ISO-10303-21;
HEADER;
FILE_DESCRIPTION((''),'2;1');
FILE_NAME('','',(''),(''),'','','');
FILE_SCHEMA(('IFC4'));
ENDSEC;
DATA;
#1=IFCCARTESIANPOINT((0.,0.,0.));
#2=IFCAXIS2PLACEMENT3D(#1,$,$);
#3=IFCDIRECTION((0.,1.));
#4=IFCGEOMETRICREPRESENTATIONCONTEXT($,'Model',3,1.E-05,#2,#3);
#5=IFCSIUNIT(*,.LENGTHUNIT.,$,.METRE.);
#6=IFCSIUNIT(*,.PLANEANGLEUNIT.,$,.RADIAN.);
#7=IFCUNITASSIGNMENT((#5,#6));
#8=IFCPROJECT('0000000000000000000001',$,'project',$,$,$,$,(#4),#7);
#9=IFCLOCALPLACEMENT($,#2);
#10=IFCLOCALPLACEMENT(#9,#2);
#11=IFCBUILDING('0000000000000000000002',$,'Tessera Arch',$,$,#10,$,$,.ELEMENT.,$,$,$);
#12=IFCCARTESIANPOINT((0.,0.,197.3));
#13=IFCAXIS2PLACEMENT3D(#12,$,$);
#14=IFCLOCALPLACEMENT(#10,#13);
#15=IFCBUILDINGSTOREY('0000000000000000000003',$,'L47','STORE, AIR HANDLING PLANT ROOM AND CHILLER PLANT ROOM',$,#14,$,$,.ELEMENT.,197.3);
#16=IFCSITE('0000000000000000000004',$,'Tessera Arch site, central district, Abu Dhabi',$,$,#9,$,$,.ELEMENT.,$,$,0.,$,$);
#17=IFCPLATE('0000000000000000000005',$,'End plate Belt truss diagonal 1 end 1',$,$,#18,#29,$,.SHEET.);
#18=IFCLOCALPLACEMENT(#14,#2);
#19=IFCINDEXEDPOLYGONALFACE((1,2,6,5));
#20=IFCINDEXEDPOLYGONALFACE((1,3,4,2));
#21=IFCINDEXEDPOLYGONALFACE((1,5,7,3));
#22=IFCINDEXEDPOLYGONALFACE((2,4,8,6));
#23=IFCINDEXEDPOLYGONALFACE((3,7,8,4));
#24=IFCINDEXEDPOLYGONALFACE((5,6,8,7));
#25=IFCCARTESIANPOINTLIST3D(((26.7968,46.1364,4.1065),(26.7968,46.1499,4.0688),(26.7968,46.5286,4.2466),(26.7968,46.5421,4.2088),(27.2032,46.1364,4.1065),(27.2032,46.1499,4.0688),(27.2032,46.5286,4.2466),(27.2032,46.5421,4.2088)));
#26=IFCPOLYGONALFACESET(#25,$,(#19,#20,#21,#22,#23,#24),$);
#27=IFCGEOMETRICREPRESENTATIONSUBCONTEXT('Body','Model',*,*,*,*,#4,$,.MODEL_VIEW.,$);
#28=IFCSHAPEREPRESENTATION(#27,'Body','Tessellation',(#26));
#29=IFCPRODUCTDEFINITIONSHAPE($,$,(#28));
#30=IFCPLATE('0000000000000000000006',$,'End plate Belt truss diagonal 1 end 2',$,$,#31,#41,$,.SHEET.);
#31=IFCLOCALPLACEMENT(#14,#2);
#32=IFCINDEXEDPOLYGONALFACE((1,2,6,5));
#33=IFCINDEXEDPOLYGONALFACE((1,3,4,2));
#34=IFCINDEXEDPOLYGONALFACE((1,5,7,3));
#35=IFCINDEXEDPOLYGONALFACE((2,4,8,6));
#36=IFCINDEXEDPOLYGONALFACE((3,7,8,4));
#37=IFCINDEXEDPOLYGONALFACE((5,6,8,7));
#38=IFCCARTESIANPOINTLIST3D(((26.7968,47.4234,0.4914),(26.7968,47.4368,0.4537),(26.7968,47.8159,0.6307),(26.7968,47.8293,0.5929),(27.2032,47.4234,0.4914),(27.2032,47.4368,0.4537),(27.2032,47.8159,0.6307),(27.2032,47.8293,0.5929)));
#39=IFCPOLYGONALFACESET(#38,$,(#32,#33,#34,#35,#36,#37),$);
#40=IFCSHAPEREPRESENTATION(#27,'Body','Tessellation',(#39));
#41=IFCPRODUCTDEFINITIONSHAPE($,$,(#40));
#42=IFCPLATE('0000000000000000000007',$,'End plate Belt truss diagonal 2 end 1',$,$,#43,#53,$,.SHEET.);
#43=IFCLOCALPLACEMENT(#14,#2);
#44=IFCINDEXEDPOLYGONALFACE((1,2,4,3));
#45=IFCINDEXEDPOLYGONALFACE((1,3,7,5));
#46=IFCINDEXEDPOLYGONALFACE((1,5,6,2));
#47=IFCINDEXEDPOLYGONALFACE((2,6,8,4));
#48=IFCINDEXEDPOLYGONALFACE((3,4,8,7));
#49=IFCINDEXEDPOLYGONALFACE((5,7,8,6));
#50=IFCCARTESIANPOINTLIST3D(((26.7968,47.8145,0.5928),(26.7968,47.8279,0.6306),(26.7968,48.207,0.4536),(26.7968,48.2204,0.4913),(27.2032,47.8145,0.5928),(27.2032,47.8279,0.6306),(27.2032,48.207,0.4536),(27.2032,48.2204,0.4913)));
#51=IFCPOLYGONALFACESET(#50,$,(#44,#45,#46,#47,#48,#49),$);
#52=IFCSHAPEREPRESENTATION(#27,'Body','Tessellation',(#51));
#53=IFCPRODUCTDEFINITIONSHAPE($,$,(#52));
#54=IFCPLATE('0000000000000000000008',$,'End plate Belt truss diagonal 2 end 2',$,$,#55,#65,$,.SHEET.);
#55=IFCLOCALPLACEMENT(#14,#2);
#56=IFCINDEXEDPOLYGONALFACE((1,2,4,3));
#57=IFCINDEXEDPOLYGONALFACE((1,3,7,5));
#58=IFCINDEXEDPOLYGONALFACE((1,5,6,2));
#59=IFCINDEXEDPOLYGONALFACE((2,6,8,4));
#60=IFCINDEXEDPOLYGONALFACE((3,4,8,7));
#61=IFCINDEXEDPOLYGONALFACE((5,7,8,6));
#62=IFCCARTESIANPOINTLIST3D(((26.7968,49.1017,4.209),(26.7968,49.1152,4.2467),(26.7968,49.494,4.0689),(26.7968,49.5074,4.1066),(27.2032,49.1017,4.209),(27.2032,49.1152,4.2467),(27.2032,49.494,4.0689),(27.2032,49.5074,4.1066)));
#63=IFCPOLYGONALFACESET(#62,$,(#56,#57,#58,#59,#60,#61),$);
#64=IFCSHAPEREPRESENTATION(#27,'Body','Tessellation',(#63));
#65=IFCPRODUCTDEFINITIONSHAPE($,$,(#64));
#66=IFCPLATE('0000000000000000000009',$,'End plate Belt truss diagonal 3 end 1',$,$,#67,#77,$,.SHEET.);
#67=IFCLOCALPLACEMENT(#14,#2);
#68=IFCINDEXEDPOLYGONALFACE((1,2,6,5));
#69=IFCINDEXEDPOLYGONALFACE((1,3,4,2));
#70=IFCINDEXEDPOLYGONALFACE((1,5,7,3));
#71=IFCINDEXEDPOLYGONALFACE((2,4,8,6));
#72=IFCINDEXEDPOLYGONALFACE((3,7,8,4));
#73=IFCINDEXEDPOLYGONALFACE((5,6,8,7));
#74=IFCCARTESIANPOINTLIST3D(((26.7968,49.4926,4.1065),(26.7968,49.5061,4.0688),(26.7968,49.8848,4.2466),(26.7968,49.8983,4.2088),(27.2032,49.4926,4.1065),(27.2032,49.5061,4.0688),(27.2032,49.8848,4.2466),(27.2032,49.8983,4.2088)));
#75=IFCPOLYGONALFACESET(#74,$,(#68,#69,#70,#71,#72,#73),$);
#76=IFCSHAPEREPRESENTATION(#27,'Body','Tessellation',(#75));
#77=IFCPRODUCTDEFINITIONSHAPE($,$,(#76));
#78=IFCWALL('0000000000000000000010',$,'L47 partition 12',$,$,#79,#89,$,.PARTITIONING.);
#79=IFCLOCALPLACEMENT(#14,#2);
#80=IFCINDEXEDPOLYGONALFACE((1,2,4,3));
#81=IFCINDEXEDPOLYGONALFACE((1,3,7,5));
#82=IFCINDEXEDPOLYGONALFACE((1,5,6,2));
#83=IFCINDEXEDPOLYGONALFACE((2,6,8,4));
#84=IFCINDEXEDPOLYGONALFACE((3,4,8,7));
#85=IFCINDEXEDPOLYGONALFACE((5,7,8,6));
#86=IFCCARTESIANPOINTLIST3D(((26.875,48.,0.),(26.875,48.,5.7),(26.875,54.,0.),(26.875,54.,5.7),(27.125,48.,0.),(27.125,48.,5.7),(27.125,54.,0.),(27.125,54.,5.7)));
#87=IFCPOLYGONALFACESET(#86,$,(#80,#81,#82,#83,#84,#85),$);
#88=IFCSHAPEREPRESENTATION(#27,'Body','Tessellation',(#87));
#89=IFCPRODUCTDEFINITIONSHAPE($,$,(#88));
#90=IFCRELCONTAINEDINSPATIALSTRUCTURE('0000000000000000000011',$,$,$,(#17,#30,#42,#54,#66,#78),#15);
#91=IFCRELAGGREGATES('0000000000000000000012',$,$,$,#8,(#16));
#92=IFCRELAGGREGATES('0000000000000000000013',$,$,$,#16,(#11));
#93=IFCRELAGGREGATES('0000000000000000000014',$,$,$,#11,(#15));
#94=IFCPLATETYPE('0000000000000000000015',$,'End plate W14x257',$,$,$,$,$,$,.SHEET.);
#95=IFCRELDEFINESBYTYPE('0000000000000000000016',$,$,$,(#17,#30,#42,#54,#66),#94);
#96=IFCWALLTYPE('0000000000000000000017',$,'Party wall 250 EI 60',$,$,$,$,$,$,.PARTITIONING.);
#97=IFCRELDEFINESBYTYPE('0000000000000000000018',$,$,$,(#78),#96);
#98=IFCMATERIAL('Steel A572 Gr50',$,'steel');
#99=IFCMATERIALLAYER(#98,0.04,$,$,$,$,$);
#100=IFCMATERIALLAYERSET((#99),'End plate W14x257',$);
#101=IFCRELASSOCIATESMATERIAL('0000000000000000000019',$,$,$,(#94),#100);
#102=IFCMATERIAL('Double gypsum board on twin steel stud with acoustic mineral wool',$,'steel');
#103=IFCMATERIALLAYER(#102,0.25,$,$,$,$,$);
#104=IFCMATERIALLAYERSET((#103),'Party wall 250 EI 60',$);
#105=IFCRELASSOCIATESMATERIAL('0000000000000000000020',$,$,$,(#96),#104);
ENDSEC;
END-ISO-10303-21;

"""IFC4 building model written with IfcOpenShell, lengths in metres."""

from ifc_helpers import new_model, si_unit, direction, frame, frame_2d, origin, origin_2d, place, context, subcontext, project, spatial, rectangle, extrude, material, layer, layer_set, type_object, element, save


model = new_model("IFC4")

# Units and contexts
model_context = context("Model", 3, precision=1e-05, world=origin(), true_north=direction((0.0, 1.0)))
body_context = subcontext(model_context, "Body", "Model", "MODEL_VIEW")
ifc_project = project(units=[si_unit("LENGTHUNIT", "METRE"), si_unit("PLANEANGLEUNIT", "RADIAN")], contexts=[model_context])

# Site, building, storey
site_placement = place(None, origin())
site = spatial("IfcSite", under=ifc_project, at=site_placement, Name="Tessera Arch site, central district, Abu Dhabi", CompositionType="ELEMENT", RefElevation=0.0)
building_placement = place(site_placement, origin())
building = spatial("IfcBuilding", under=site, at=building_placement, Name="Tessera Arch", CompositionType="ELEMENT")
storey_placement = place(building_placement, frame((0.0, 0.0, 197.3)))
storey = spatial("IfcBuildingStorey", under=building, at=storey_placement, Name="L47", Description="STORE, AIR HANDLING PLANT ROOM AND CHILLER PLANT ROOM", CompositionType="ELEMENT", Elevation=197.3)

# Plates
ifc_material_1 = material(Name="Steel A572 Gr50", Category="steel")
ifc_layer_1 = layer(ifc_material_1, 0.04)
ifc_layer_set_1 = layer_set([ifc_layer_1], Name="End plate W14x257")
plate_type_1 = type_object("IfcPlateType", Name="End plate W14x257", PredefinedType="SHEET", material=ifc_layer_set_1)
for number, where, z_axis, x_axis, name in (
    (1, (27.0, 46.3325, 4.1765), (0.0, 0.336336, -0.941742), (-1.0, 0.0, 0.0), "End plate Belt truss diagonal 1 end 1"),
    (2, (27.0, 47.6196, 0.561), (0.0, 0.33441, -0.942428), (-1.0, 0.0, 0.0), "End plate Belt truss diagonal 1 end 2"),
    (3, (27.0, 48.0107, 0.5232), (0.0, 0.33441, 0.942428), (-1.0, 0.0, 0.0), "End plate Belt truss diagonal 2 end 1"),
    (4, (27.0, 49.2979, 4.1389), (0.0, 0.336336, 0.941742), (-1.0, 0.0, 0.0), "End plate Belt truss diagonal 2 end 2"),
    (5, (27.0, 49.6887, 4.1765), (0.0, 0.336336, -0.941742), (-1.0, 0.0, 0.0), "End plate Belt truss diagonal 3 end 1"),
):
    element("IfcPlate", number, at=place(storey_placement, frame(where, z_axis=z_axis, x_axis=x_axis)), inside=storey, type_object=plate_type_1, Name=name, PredefinedType="SHEET", context=body_context, shape_type="SweptSolid", body=[
        extrude(rectangle(XDim=0.4065, YDim=0.4165, at=origin_2d()), origin(), (0.0, 0.0, 1.0), 0.04),
    ])

# Wall
ifc_material_2 = material(Name="Double gypsum board on twin steel stud with acoustic mineral wool", Category="steel")
ifc_layer_2 = layer(ifc_material_2, 0.25)
ifc_layer_set_2 = layer_set([ifc_layer_2], Name="Party wall 250 EI 60")
wall_type = type_object("IfcWallType", Name="Party wall 250 EI 60", PredefinedType="PARTITIONING", material=ifc_layer_set_2)
wall_placement = place(storey_placement, frame((27.0, 48.0, 0.0), z_axis=(0.0, 0.0, 1.0), x_axis=(0.0, 1.0, 0.0)))
element("IfcWall", 6, at=wall_placement, inside=storey, type_object=wall_type, Name="L47 partition 12", PredefinedType="PARTITIONING", context=body_context, shape_type="SweptSolid", body=[
    extrude(rectangle(XDim=6.0, YDim=0.25, at=frame_2d((3.0, 0.0))), origin(), (0.0, 0.0, 1.0), 5.7),
])

save(model, "model.ifc")
